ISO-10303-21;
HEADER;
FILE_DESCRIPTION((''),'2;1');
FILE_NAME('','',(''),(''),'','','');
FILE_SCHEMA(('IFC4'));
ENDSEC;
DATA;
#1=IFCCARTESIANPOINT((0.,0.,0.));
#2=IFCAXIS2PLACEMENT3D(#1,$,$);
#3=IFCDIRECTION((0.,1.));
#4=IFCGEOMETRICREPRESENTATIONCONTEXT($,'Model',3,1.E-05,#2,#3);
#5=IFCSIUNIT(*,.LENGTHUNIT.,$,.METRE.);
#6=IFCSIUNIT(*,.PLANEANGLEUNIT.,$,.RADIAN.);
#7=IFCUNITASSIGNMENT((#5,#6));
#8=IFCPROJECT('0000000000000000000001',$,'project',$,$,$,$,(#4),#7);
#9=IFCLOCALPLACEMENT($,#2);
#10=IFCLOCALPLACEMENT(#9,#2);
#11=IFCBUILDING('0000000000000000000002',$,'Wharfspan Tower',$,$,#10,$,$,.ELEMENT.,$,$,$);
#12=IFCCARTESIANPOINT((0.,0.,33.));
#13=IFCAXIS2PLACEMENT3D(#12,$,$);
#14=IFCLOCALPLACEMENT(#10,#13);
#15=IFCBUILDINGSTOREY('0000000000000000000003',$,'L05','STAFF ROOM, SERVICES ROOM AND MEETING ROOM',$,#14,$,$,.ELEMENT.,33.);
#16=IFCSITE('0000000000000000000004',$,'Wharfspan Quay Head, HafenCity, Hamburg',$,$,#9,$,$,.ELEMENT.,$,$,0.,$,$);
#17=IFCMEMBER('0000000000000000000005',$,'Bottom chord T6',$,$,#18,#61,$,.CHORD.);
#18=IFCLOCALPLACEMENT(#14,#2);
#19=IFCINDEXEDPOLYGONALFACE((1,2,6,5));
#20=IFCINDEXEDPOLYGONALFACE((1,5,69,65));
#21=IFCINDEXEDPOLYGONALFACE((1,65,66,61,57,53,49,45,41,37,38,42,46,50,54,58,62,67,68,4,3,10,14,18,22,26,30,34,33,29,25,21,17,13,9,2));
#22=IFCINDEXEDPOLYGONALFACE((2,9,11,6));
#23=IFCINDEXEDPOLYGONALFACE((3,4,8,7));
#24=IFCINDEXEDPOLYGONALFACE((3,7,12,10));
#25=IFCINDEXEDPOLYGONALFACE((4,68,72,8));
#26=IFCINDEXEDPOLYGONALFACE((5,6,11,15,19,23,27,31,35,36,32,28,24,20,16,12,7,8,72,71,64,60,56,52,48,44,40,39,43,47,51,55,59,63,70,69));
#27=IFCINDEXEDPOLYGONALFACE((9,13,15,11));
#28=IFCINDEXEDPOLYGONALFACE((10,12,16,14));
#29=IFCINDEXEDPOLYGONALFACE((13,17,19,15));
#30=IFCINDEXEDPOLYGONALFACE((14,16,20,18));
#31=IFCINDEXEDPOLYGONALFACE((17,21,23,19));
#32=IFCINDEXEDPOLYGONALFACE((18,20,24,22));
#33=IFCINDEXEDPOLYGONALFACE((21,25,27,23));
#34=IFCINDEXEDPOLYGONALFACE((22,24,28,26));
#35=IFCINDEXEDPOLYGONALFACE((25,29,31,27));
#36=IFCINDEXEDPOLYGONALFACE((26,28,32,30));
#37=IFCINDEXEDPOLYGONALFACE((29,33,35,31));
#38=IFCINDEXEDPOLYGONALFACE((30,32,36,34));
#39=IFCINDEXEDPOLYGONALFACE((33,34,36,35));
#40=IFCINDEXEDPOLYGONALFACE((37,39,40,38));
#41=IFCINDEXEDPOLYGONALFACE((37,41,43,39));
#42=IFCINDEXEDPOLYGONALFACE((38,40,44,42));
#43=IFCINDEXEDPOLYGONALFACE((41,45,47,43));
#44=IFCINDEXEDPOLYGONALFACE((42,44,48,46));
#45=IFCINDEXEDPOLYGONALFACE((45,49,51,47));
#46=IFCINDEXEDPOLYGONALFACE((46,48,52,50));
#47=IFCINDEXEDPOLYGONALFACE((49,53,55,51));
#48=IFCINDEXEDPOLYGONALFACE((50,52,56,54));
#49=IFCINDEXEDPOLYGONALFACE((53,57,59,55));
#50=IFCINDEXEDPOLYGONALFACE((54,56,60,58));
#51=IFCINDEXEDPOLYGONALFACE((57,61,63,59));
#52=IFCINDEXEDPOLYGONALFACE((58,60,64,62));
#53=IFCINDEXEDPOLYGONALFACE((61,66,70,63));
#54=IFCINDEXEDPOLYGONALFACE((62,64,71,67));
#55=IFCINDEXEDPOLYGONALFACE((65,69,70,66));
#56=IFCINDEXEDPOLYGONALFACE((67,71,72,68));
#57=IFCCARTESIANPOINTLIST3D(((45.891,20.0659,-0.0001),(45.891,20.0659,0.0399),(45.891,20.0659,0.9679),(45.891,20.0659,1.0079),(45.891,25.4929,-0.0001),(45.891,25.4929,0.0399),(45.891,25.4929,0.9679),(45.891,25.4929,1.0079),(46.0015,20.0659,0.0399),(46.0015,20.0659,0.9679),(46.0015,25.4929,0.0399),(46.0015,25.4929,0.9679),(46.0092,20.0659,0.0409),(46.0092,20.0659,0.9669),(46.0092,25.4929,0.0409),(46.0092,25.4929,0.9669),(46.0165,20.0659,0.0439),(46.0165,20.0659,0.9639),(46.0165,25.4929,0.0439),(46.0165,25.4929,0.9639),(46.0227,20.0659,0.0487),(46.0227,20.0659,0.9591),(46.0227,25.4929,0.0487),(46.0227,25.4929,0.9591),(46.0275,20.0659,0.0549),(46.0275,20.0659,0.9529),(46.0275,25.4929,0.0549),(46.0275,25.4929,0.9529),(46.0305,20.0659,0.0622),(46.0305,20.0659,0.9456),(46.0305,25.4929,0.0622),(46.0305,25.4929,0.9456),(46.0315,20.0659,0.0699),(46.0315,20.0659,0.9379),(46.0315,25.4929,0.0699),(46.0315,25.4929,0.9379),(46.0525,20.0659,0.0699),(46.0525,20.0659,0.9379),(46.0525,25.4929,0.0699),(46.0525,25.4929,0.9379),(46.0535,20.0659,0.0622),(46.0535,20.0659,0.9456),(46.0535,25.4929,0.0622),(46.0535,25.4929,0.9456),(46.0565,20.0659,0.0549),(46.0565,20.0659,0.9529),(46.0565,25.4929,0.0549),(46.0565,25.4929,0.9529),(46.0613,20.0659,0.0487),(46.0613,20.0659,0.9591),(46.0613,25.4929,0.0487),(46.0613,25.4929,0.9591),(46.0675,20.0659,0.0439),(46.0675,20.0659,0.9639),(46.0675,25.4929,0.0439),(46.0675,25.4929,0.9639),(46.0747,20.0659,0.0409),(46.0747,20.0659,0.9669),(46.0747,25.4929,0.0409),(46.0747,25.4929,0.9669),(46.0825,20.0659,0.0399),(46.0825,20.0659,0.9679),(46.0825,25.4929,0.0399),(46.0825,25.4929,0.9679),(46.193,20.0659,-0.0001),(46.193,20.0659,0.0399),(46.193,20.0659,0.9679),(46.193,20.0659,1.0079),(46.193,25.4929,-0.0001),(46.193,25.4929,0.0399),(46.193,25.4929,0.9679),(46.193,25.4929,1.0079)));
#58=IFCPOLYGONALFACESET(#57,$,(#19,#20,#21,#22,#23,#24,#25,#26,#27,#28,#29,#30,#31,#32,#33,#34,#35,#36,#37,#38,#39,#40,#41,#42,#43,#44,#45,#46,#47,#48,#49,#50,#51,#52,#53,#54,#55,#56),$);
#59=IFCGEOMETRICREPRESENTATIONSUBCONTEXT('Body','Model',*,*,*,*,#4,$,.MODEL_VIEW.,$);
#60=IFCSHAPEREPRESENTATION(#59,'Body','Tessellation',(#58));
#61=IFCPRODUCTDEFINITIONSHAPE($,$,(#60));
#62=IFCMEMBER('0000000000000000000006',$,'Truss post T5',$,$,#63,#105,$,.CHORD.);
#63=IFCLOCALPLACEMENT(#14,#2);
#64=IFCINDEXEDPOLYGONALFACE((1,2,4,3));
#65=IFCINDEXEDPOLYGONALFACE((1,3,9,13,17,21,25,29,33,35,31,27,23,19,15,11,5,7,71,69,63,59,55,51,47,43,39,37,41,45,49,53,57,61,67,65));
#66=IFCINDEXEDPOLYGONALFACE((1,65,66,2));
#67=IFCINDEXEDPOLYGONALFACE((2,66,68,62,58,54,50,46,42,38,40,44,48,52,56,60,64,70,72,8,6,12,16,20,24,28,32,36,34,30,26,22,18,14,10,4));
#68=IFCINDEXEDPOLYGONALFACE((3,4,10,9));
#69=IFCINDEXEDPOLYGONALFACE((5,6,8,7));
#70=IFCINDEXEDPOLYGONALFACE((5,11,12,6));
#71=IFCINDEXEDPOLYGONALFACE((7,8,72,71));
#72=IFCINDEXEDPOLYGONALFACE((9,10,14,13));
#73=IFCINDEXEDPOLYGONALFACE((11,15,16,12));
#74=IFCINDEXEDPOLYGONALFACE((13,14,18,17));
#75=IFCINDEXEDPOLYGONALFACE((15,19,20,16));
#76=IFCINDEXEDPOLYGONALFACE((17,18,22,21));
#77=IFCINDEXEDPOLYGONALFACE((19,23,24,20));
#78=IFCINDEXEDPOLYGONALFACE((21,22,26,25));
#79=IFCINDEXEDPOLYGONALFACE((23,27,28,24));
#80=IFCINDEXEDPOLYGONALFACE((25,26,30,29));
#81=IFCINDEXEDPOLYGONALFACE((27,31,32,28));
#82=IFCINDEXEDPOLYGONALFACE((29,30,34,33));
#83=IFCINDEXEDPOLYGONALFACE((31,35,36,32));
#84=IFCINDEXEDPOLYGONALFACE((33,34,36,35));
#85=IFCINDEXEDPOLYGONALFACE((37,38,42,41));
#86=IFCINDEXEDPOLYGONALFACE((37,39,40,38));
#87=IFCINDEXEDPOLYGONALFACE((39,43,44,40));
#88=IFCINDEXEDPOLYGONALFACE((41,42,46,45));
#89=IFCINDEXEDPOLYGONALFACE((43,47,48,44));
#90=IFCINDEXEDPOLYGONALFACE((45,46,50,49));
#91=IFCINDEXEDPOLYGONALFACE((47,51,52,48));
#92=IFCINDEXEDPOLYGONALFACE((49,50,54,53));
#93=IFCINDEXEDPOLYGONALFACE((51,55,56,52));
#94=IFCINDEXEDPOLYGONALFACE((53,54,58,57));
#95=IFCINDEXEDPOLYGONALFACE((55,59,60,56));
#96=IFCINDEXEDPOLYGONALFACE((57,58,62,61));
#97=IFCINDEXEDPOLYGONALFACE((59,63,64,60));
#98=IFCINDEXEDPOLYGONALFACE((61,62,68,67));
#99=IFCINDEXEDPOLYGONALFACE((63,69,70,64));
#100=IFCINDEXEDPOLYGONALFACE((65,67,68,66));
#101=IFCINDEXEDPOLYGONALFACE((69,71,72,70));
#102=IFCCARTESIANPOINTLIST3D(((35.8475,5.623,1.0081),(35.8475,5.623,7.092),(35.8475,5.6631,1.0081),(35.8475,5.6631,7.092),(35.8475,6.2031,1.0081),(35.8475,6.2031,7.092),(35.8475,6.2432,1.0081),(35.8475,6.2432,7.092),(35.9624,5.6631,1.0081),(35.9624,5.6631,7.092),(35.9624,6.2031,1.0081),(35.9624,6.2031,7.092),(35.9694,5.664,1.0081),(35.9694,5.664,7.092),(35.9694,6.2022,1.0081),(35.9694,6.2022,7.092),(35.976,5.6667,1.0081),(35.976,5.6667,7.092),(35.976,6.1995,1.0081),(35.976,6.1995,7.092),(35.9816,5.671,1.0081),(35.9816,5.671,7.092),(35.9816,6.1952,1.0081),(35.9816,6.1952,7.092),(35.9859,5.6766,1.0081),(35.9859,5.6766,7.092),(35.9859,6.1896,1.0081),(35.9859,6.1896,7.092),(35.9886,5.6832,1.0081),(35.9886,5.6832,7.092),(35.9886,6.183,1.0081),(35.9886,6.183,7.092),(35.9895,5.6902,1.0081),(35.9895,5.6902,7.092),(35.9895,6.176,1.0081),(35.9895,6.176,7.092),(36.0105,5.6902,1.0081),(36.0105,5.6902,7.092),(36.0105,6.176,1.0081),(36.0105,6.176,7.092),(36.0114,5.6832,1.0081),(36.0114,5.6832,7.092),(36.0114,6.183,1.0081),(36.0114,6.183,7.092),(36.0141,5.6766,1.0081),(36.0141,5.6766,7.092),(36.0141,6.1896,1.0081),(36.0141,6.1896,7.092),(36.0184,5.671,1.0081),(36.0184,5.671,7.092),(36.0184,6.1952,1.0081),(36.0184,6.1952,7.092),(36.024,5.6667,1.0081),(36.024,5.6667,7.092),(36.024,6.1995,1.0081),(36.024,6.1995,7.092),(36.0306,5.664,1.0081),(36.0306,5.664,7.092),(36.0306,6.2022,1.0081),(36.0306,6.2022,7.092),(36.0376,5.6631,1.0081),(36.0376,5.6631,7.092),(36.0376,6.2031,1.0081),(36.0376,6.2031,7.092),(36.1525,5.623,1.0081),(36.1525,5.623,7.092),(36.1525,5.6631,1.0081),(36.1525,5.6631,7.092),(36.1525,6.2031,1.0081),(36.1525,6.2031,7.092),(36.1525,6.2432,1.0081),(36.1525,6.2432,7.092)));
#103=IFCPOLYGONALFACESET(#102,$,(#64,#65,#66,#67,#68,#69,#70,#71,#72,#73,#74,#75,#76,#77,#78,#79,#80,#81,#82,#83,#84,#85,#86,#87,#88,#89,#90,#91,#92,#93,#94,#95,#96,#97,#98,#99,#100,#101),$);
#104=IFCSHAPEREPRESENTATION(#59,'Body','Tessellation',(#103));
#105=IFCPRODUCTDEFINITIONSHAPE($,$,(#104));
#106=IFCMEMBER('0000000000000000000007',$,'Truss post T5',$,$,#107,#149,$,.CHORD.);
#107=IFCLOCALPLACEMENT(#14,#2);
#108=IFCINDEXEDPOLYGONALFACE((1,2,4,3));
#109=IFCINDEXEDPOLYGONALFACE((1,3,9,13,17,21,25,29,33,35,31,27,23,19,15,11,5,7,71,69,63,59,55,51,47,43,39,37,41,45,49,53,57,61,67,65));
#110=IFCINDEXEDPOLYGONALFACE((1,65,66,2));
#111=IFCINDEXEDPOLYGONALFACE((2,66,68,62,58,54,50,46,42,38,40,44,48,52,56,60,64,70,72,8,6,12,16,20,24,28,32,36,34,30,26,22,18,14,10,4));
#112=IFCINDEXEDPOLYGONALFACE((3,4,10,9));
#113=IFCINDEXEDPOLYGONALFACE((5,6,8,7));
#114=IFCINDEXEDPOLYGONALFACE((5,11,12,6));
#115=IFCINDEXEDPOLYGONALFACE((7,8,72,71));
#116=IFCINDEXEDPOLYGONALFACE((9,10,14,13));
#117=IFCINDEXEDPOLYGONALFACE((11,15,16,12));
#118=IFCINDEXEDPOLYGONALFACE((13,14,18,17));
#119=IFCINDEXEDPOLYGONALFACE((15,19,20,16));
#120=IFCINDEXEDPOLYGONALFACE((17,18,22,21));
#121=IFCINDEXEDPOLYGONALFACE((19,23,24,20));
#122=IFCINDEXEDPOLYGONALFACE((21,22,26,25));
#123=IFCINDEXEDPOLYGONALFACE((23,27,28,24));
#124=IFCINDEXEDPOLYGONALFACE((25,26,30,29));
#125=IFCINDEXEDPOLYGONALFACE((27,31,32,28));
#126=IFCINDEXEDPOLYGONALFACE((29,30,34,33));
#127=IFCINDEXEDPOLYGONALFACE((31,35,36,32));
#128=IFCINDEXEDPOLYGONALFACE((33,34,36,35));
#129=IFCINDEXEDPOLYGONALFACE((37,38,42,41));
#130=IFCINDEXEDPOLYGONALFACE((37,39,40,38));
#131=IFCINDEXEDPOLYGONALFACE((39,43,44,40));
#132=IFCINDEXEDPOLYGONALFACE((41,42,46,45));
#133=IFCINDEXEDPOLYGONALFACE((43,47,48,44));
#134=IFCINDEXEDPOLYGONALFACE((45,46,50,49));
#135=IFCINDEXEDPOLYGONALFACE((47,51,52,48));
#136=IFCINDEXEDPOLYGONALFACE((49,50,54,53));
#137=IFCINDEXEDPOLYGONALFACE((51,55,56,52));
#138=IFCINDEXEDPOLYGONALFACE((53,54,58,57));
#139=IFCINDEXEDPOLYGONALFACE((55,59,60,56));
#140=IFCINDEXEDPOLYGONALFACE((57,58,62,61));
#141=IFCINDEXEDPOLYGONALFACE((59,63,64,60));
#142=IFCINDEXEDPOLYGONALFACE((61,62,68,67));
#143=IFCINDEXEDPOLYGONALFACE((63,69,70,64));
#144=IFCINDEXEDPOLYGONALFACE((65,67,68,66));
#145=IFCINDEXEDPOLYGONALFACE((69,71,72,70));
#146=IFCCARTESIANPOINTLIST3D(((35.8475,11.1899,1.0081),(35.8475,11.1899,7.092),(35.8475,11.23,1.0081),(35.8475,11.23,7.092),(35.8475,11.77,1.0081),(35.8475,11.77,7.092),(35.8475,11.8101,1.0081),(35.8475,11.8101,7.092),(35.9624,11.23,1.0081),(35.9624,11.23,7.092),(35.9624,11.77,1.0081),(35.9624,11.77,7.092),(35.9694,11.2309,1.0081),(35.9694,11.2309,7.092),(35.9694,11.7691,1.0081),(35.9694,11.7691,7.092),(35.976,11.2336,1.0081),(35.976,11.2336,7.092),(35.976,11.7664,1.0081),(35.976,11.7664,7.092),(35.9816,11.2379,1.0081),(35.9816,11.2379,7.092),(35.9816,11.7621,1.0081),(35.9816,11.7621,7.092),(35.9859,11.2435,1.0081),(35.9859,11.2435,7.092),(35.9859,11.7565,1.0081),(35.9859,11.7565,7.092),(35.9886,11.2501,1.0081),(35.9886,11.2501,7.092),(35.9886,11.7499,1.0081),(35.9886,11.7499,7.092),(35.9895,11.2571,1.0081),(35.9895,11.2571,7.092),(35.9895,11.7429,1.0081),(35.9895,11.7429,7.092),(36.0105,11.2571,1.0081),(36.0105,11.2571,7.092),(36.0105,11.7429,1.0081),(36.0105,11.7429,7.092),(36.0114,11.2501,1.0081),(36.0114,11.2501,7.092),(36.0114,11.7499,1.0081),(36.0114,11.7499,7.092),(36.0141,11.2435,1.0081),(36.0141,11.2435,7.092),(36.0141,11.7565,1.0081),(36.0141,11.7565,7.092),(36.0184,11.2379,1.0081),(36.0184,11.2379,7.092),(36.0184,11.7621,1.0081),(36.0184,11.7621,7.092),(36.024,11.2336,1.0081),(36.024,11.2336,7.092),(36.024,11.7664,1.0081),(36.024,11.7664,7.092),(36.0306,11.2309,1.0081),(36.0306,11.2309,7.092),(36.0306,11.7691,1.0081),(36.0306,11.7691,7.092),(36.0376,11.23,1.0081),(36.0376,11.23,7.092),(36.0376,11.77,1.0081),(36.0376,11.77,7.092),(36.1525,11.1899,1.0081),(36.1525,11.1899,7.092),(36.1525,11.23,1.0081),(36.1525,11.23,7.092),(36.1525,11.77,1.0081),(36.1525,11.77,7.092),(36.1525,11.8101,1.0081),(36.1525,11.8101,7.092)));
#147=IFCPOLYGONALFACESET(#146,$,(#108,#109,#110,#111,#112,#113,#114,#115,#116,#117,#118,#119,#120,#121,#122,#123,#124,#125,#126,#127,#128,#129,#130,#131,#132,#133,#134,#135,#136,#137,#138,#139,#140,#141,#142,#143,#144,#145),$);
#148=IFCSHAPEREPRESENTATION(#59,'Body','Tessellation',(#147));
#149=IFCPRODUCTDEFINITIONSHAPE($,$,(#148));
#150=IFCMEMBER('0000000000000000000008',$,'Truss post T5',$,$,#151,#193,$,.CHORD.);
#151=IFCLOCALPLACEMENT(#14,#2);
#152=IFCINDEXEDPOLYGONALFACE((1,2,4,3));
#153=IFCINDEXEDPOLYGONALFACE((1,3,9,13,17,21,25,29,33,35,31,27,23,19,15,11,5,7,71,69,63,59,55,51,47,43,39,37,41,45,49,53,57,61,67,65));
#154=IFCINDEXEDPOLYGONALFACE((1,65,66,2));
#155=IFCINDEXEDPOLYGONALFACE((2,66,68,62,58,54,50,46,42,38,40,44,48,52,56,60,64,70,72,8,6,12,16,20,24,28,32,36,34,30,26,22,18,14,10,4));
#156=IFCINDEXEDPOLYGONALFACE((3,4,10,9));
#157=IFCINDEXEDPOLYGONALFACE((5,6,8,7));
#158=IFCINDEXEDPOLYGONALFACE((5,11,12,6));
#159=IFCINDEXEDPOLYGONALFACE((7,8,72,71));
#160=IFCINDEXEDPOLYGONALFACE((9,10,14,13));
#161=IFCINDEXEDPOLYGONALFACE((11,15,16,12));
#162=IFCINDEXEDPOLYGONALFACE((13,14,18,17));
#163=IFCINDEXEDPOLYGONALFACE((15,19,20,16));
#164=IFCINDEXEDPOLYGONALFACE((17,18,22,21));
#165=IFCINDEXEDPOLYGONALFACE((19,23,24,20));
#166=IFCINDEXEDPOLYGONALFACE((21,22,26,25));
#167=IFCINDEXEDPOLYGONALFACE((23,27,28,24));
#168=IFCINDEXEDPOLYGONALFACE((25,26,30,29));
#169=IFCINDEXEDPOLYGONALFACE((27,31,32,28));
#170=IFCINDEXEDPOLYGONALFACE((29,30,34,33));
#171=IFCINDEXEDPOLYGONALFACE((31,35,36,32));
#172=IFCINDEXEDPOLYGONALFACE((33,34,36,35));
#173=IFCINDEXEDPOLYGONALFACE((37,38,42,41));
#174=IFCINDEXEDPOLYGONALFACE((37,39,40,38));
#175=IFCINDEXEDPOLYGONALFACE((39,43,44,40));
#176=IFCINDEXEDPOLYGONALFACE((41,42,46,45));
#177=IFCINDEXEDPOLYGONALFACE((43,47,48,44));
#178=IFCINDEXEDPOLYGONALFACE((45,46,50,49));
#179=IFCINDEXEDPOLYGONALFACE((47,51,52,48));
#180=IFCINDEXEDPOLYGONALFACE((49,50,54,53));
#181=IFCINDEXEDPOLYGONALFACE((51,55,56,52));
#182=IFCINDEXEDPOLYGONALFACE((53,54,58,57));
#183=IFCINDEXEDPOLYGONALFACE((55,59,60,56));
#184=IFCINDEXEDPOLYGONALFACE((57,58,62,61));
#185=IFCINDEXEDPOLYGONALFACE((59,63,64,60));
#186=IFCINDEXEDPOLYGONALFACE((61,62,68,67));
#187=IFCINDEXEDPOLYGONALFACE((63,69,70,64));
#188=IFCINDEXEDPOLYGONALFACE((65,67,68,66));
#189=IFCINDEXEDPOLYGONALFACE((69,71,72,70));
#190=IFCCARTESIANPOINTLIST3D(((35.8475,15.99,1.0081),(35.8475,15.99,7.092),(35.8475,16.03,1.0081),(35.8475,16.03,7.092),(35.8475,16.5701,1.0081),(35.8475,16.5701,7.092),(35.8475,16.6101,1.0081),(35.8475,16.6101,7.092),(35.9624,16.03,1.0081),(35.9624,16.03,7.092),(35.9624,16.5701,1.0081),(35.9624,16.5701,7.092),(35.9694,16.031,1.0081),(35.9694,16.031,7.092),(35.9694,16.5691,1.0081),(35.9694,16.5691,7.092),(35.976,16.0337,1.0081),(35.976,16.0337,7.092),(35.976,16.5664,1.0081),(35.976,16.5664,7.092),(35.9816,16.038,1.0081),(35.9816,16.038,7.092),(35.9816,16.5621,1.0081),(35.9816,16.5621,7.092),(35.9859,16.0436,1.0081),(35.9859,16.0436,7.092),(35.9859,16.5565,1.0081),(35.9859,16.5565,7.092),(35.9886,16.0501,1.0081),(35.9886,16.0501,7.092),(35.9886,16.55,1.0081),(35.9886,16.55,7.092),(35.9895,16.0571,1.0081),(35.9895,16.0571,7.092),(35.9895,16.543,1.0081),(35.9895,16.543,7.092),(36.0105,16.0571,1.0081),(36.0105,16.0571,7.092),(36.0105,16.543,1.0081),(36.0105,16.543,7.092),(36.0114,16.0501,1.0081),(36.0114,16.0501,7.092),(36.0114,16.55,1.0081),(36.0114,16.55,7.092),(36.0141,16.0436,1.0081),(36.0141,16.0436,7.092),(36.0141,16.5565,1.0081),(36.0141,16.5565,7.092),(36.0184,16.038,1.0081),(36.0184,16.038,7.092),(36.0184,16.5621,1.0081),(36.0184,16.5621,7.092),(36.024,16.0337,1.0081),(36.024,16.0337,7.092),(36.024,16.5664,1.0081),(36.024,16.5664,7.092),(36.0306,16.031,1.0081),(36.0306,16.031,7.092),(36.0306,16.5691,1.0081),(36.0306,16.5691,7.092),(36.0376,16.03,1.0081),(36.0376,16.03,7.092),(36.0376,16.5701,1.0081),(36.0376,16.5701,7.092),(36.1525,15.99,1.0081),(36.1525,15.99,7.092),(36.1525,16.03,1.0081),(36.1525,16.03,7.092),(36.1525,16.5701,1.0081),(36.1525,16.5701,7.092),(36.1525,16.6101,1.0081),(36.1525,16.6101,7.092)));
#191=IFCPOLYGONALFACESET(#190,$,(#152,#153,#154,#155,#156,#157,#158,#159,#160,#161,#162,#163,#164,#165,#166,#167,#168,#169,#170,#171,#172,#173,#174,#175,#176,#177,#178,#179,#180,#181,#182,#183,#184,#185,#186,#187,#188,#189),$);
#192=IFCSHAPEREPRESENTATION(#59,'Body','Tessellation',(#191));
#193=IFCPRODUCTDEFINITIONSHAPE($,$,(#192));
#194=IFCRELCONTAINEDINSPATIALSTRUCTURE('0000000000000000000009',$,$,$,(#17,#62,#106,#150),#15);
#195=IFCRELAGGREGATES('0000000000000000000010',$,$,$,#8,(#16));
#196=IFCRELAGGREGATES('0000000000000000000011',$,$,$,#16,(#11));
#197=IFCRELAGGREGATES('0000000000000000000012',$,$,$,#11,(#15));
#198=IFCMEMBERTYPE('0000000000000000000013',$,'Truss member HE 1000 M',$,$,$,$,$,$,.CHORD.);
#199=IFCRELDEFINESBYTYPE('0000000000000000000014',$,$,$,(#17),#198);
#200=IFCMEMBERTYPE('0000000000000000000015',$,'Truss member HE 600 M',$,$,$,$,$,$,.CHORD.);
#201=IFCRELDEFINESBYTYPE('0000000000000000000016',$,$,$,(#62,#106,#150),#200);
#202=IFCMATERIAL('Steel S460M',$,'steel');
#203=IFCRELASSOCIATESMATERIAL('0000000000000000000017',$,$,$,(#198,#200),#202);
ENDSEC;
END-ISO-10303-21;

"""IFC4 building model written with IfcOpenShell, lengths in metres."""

from ifc_helpers import new_model, si_unit, direction, frame, origin, origin_2d, place, context, subcontext, project, spatial, i_section, extrude, material, material_profile, profile_set, type_object, element, save


model = new_model("IFC4")

# Units and contexts
model_context = context("Model", 3, precision=1e-05, world=origin(), true_north=direction((0.0, 1.0)))
body_context = subcontext(model_context, "Body", "Model", "MODEL_VIEW")
ifc_project = project(units=[si_unit("LENGTHUNIT", "METRE"), si_unit("PLANEANGLEUNIT", "RADIAN")], contexts=[model_context])

# Site, building, storey
site_placement = place(None, origin())
site = spatial("IfcSite", under=ifc_project, at=site_placement, Name="Wharfspan Quay Head, HafenCity, Hamburg", CompositionType="ELEMENT", RefElevation=0.0)
building_placement = place(site_placement, origin())
building = spatial("IfcBuilding", under=site, at=building_placement, Name="Wharfspan Tower", CompositionType="ELEMENT")
storey_placement = place(building_placement, frame((0.0, 0.0, 33.0)))
storey = spatial("IfcBuildingStorey", under=building, at=storey_placement, Name="L05", Description="STAFF ROOM, SERVICES ROOM AND MEETING ROOM", CompositionType="ELEMENT", Elevation=33.0)

# Shared definitions
ifc_material_1 = material(Name="Steel S460M", Category="steel")

# Members
ifc_material_profile_1 = material_profile(ifc_material_1, i_section(OverallWidth=0.302, OverallDepth=1.0081, WebThickness=0.021, FlangeThickness=0.04, FilletRadius=0.03, at=origin_2d()))
ifc_profile_set_1 = profile_set([ifc_material_profile_1], Name="Steel S460M")
member_type_1 = type_object("IfcMemberType", Name="Truss member HE 1000 M", PredefinedType="CHORD", material=ifc_profile_set_1)
for number, where, z_axis, x_axis, name in (
    (1, (46.042, 20.0659, 0.5039), (0.0, 1.0, 0.0), (-1.0, 0.0, 0.0), "Bottom chord T6"),
):
    element("IfcMember", number, at=place(storey_placement, frame(where, z_axis=z_axis, x_axis=x_axis)), inside=storey, type_object=member_type_1, Name=name, PredefinedType="CHORD", context=body_context, shape_type="SweptSolid", body=[
        extrude(i_section(OverallWidth=0.302, OverallDepth=1.0081, WebThickness=0.021, FlangeThickness=0.04, FilletRadius=0.03, at=origin_2d()), origin(), (0.0, 0.0, 1.0), 5.427),
    ])
ifc_material_profile_2 = material_profile(ifc_material_1, i_section(OverallWidth=0.3049, OverallDepth=0.6201, WebThickness=0.021, FlangeThickness=0.04, FilletRadius=0.0271, at=origin_2d()))
ifc_profile_set_2 = profile_set([ifc_material_profile_2], Name="Steel S460M")
member_type_2 = type_object("IfcMemberType", Name="Truss member HE 600 M", PredefinedType="CHORD", material=ifc_profile_set_2)
for number, where, z_axis, x_axis, name in (
    (2, (36.0, 5.9331, 1.0081), (0.0, 0.0, 1.0), (1.0, 0.0, 0.0), "Truss post T5"),
    (3, (36.0, 11.5, 1.0081), (0.0, 0.0, 1.0), (1.0, 0.0, 0.0), "Truss post T5"),
    (4, (36.0, 16.3, 1.0081), (0.0, 0.0, 1.0), (1.0, 0.0, 0.0), "Truss post T5"),
):
    element("IfcMember", number, at=place(storey_placement, frame(where, z_axis=z_axis, x_axis=x_axis)), inside=storey, type_object=member_type_2, Name=name, PredefinedType="CHORD", context=body_context, shape_type="SweptSolid", body=[
        extrude(i_section(OverallWidth=0.3049, OverallDepth=0.6201, WebThickness=0.021, FlangeThickness=0.04, FilletRadius=0.0271, at=origin_2d()), origin(), (0.0, 0.0, 1.0), 6.084),
    ])

save(model, "model.ifc")
